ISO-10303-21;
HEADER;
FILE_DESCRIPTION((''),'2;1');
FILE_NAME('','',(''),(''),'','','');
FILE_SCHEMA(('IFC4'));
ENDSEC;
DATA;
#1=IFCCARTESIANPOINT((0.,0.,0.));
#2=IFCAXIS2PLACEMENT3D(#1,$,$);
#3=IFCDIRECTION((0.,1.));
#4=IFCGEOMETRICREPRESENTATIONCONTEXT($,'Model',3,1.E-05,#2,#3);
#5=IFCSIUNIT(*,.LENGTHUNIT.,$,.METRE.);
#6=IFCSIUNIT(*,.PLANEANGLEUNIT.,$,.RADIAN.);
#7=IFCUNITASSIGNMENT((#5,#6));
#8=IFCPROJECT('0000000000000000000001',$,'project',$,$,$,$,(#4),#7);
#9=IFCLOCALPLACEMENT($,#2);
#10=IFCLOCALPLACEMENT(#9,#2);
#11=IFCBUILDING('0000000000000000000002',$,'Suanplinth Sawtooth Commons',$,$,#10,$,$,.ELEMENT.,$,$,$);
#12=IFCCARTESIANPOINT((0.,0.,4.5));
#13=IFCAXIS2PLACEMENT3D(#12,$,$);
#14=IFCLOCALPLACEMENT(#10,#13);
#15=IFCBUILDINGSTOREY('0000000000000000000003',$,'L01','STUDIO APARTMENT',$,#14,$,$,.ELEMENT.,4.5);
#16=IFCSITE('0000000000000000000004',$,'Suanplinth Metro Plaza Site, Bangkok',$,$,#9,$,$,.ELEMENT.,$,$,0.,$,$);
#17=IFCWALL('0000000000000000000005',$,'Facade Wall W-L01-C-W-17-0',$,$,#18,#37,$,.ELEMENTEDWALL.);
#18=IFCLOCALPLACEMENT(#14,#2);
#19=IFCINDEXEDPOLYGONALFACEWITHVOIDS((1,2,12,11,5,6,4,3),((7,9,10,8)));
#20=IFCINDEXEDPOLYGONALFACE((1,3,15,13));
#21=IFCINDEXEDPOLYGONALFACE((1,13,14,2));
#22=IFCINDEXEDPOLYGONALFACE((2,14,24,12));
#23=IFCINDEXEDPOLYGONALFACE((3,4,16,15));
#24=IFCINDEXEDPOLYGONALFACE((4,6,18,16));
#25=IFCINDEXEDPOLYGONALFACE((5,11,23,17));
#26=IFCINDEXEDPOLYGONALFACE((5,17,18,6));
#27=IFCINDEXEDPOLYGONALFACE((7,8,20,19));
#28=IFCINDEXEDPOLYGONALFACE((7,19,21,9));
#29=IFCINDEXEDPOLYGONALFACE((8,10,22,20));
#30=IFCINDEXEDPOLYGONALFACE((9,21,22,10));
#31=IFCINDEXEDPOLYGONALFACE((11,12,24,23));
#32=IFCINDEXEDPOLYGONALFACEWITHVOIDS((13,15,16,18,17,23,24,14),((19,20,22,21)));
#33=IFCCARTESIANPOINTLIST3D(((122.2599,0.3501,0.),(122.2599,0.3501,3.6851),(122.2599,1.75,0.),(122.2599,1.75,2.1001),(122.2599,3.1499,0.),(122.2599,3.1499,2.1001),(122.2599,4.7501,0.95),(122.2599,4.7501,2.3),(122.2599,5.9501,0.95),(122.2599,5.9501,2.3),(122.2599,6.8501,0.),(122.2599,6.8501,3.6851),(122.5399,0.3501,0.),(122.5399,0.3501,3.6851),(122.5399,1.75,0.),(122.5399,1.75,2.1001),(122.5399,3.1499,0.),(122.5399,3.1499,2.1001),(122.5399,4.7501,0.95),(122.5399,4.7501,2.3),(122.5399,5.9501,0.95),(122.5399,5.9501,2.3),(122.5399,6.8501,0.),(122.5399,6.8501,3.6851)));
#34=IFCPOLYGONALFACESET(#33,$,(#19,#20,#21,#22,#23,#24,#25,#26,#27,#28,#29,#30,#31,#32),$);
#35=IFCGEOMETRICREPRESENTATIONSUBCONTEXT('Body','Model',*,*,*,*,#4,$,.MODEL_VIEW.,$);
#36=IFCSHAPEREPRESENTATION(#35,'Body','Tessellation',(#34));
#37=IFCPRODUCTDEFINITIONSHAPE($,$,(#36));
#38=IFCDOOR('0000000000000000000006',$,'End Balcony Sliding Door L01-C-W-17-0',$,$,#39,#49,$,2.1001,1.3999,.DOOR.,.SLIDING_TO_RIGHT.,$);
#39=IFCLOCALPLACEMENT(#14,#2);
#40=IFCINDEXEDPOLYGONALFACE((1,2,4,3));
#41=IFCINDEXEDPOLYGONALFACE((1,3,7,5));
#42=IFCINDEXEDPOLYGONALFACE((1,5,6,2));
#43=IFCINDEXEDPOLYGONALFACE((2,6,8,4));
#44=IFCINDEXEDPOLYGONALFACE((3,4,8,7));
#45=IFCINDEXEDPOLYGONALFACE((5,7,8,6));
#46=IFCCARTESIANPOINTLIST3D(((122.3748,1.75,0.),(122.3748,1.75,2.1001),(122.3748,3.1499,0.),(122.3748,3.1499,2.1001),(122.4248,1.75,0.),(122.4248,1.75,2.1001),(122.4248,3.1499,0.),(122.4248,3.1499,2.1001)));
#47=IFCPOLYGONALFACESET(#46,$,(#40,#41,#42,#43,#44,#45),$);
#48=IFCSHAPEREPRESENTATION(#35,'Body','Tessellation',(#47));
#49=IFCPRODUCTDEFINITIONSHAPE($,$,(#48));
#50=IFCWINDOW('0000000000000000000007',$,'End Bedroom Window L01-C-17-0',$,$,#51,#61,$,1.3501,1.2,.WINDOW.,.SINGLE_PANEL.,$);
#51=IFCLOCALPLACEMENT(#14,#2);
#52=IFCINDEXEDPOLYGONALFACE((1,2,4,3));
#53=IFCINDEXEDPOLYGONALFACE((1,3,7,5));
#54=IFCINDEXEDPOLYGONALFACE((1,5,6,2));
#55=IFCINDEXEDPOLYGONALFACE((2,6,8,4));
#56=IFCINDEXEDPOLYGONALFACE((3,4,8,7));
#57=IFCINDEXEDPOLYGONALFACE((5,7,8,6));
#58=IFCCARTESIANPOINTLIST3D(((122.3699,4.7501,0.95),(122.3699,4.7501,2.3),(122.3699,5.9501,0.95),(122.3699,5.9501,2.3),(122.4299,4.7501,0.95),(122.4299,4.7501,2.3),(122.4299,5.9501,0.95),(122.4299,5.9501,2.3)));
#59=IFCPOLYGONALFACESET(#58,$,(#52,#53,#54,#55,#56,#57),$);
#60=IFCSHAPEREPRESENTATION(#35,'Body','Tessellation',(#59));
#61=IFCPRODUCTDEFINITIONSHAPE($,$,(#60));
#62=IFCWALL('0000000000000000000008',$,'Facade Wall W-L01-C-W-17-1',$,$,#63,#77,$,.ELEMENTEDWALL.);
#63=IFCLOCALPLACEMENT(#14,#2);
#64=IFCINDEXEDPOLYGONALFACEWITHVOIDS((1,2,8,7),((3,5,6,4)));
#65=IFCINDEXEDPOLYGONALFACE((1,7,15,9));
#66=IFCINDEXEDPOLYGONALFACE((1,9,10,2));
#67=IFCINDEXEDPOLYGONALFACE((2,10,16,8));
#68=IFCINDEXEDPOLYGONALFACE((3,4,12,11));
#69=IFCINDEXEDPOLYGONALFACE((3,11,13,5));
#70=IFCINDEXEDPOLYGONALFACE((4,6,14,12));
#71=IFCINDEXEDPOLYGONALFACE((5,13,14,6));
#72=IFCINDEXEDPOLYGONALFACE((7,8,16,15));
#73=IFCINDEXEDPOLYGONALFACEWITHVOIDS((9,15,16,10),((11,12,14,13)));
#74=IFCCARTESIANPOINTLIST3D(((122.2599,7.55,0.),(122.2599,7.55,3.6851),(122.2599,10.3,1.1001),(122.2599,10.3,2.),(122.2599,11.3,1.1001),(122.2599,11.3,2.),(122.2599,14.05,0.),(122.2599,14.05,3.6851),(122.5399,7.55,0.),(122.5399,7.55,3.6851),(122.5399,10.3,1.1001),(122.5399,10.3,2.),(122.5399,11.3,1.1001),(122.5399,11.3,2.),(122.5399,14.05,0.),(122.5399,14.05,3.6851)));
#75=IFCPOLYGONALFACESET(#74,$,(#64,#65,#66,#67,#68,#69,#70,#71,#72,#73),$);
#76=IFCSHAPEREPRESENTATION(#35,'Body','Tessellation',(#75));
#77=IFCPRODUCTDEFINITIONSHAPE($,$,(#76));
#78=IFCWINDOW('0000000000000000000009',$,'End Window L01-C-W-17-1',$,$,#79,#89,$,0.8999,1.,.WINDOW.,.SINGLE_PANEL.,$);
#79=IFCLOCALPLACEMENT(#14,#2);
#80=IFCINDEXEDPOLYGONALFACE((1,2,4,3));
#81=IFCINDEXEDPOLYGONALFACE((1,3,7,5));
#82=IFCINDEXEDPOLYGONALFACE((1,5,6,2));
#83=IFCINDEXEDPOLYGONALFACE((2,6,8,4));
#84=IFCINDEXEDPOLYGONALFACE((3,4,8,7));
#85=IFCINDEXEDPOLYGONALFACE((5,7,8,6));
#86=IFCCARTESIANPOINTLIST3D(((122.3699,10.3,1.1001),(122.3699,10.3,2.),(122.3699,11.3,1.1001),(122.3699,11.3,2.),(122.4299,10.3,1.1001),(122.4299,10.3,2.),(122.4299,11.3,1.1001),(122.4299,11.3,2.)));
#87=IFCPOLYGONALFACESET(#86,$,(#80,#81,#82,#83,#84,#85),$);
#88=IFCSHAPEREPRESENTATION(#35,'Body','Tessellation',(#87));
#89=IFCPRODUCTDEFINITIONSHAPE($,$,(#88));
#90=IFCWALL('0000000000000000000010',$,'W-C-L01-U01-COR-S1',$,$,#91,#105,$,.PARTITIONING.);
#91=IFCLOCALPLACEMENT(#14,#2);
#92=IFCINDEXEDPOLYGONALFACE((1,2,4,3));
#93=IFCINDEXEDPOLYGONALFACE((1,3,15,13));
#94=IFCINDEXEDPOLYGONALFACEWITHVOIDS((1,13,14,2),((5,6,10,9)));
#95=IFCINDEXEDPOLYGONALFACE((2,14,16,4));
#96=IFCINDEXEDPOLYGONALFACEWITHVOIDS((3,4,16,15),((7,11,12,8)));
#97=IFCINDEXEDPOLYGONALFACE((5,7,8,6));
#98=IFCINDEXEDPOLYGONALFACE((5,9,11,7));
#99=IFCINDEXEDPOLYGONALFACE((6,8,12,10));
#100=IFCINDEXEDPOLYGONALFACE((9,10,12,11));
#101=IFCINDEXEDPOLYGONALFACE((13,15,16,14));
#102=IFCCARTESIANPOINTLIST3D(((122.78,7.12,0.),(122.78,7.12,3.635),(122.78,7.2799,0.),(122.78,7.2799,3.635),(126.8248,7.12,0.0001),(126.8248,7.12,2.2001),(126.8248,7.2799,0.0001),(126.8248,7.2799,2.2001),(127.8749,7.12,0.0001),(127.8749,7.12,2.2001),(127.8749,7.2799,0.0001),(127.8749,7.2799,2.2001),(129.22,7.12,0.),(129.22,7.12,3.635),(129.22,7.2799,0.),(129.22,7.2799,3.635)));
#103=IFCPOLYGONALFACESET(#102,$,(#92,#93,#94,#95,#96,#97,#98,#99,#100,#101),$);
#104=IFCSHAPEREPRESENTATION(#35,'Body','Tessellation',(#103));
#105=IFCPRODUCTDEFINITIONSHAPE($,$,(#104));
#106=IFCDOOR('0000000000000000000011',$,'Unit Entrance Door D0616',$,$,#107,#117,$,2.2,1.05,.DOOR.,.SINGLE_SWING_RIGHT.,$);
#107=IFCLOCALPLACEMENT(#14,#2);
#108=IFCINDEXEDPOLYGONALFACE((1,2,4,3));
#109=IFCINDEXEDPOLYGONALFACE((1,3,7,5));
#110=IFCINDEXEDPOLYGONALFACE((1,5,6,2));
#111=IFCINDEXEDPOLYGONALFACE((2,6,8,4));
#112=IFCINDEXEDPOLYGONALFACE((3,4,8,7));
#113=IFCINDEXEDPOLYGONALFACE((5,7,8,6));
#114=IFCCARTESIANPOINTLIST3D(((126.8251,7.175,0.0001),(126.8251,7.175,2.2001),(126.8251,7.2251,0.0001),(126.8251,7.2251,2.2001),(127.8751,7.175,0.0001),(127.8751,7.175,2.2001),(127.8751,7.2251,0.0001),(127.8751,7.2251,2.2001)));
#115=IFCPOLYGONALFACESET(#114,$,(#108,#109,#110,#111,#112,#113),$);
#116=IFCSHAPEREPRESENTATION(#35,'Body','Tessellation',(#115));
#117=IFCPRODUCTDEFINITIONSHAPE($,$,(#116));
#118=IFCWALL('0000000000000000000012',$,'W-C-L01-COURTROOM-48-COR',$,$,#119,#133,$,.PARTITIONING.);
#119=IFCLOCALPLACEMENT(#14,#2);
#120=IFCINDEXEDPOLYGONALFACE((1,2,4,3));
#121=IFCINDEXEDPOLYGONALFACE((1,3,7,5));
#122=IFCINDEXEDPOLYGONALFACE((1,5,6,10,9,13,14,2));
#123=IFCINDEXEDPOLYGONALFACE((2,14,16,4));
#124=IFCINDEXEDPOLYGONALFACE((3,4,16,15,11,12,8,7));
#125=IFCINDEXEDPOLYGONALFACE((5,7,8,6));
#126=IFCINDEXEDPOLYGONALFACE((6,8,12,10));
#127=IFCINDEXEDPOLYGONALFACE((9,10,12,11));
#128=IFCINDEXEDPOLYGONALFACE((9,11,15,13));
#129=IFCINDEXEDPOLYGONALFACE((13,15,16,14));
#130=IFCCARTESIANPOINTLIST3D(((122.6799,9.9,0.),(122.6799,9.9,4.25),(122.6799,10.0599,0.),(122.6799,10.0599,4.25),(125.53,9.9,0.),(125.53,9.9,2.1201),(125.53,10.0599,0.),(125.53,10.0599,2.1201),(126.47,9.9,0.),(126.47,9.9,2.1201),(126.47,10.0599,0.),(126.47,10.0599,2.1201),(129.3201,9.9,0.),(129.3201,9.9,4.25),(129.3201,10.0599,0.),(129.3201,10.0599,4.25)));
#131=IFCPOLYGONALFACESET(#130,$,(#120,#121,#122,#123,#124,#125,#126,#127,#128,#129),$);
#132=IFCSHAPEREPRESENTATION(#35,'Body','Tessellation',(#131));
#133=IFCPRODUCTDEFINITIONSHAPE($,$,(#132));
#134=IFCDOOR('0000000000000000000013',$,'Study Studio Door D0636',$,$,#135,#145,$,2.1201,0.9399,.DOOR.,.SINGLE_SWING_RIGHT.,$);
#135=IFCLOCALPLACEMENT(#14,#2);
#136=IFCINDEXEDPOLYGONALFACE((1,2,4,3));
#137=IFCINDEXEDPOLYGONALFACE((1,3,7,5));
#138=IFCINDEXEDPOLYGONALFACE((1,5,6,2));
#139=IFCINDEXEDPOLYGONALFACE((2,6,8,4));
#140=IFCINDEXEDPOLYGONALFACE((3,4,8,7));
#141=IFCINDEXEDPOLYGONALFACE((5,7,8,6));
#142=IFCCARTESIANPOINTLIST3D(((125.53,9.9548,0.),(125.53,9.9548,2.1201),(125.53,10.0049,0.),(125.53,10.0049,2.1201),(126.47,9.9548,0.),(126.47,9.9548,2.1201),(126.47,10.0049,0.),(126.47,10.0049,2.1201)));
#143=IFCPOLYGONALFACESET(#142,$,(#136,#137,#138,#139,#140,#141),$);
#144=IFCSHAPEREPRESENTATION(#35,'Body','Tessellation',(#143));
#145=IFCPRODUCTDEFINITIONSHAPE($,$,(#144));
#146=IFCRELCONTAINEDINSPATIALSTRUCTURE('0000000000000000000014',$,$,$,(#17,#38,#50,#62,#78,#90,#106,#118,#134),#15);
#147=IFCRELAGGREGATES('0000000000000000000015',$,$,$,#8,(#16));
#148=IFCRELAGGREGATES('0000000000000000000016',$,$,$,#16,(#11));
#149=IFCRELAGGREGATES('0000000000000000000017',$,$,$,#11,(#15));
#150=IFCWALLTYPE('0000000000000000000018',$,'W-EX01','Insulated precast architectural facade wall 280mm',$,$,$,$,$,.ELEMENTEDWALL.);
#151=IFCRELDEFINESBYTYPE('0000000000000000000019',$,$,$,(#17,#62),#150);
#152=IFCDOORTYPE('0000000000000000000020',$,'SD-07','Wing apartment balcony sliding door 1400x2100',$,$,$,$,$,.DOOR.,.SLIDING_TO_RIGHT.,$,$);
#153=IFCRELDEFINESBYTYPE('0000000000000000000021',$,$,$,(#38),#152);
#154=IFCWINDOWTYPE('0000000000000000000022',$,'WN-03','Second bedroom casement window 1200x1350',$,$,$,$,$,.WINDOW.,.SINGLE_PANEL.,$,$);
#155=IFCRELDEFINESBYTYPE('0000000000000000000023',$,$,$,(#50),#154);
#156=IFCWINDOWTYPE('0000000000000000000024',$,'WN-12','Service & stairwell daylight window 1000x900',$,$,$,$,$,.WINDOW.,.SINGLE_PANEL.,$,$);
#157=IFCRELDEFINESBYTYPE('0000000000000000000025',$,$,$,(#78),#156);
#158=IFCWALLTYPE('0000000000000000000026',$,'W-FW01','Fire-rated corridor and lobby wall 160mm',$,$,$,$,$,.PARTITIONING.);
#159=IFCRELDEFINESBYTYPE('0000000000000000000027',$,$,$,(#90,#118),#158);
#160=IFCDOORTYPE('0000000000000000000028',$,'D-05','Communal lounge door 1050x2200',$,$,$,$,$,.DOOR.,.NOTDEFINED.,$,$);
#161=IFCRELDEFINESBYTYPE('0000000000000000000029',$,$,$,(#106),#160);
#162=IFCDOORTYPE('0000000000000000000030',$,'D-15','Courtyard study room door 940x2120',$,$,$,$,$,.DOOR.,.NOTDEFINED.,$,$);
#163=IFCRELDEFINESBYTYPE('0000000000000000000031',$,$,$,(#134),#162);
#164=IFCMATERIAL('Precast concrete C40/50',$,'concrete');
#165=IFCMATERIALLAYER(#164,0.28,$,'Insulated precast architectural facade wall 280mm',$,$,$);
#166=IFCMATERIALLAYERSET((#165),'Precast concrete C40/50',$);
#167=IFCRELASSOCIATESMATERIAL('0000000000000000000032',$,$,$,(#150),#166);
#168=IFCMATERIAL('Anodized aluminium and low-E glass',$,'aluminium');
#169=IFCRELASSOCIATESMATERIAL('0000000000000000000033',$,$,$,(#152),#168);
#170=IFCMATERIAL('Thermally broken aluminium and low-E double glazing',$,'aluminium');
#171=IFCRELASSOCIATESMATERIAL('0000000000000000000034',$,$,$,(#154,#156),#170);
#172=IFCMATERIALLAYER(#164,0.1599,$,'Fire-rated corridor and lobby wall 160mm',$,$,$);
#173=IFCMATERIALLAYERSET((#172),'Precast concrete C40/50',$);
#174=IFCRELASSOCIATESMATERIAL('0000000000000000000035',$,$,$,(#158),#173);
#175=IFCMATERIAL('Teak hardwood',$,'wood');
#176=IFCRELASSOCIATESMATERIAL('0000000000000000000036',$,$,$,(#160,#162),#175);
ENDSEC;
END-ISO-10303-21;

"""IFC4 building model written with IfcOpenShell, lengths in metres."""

from ifc_helpers import new_model, si_unit, direction, frame, frame_2d, origin, place, context, subcontext, project, spatial, rectangle, extrude, material, layer, layer_set, type_object, element, fill, save


model = new_model("IFC4")

# Units and contexts
model_context = context("Model", 3, precision=1e-05, world=origin(), true_north=direction((0.0, 1.0)))
body_context = subcontext(model_context, "Body", "Model", "MODEL_VIEW")
ifc_project = project(units=[si_unit("LENGTHUNIT", "METRE"), si_unit("PLANEANGLEUNIT", "RADIAN")], contexts=[model_context])

# Site, building, storey
site_placement = place(None, origin())
site = spatial("IfcSite", under=ifc_project, at=site_placement, Name="Suanplinth Metro Plaza Site, Bangkok", CompositionType="ELEMENT", RefElevation=0.0)
building_placement = place(site_placement, origin())
building = spatial("IfcBuilding", under=site, at=building_placement, Name="Suanplinth Sawtooth Commons", CompositionType="ELEMENT")
storey_placement = place(building_placement, frame((0.0, 0.0, 4.5)))
storey = spatial("IfcBuildingStorey", under=building, at=storey_placement, Name="L01", Description="STUDIO APARTMENT", CompositionType="ELEMENT", Elevation=4.5)

# Shared definitions
ifc_material_1 = material(Name="Precast concrete C40/50", Category="concrete")

# Wall, openings, door, window
ifc_layer_1 = layer(ifc_material_1, 0.28, Name="Insulated precast architectural facade wall 280mm")
ifc_layer_set_1 = layer_set([ifc_layer_1], Name="Precast concrete C40/50")
wall_type_1 = type_object("IfcWallType", Name="W-EX01", Description="Insulated precast architectural facade wall 280mm", PredefinedType="ELEMENTEDWALL", material=ifc_layer_set_1)
ifc_material_2 = material(Name="Anodized aluminium and low-E glass", Category="aluminium")
ifc_material_3 = material(Name="Thermally broken aluminium and low-E double glazing", Category="aluminium")
wall_1_placement = place(storey_placement, frame((122.3999, 0.3501, 0.0), z_axis=(0.0, 0.0, 1.0), x_axis=(0.0, 1.0, 0.0)))
wall_1 = element("IfcWall", 1, at=wall_1_placement, inside=storey, type_object=wall_type_1, Name="Facade Wall W-L01-C-W-17-0", PredefinedType="ELEMENTEDWALL", context=body_context, shape_type="SweptSolid", body=[
    extrude(rectangle(XDim=6.5, YDim=0.28, at=frame_2d((3.25, 0.0))), origin(), (0.0, 0.0, 1.0), 3.6851),
])
opening_1_placement = place(wall_1_placement, frame((1.3999, 0.0, 0.0)))
opening_1 = element("IfcOpeningElement", 2, at=opening_1_placement, cuts=wall_1, PredefinedType="OPENING", context=body_context, shape_type="SweptSolid", body=[
    extrude(rectangle(XDim=1.3999, YDim=2.1001, at=frame_2d((0.7, 1.05))), frame((0.0, 0.1548, 0.0), z_axis=(0.0, -1.0, 0.0), x_axis=(1.0, 0.0, 0.0)), (0.0, 0.0, 1.0), 0.3098),
])
opening_2_placement = place(wall_1_placement, frame((4.3999, 0.0, 0.95)))
opening_2 = element("IfcOpeningElement", 3, at=opening_2_placement, cuts=wall_1, PredefinedType="OPENING", context=body_context, shape_type="SweptSolid", body=[
    extrude(rectangle(XDim=1.2, YDim=1.3501, at=frame_2d((0.6001, 0.675))), frame((0.0, 0.1548, 0.0), z_axis=(0.0, -1.0, 0.0), x_axis=(1.0, 0.0, 0.0)), (0.0, 0.0, 1.0), 0.3098),
])
door_type_1 = type_object("IfcDoorType", Name="SD-07", Description="Wing apartment balcony sliding door 1400x2100", OperationType="SLIDING_TO_RIGHT", PredefinedType="DOOR", material=ifc_material_2)
door_1_placement = place(opening_1_placement, frame((1.3999, 0.0, 0.0), z_axis=(0.0, 0.0, 1.0), x_axis=(-1.0, 0.0, 0.0)))
door_1 = element("IfcDoor", 4, at=door_1_placement, inside=storey, type_object=door_type_1, Name="End Balcony Sliding Door L01-C-W-17-0", OperationType="SLIDING_TO_RIGHT", OverallHeight=2.1001, OverallWidth=1.3999, PredefinedType="DOOR", context=body_context, shape_type="SweptSolid", body=[
    extrude(rectangle(XDim=1.3999, YDim=2.1001, at=frame_2d((0.7, 1.05))), frame((0.0, 0.0249, 0.0), z_axis=(0.0, -1.0, 0.0), x_axis=(1.0, 0.0, 0.0)), (0.0, 0.0, 1.0), 0.05),
])
fill(opening_1, door_1)
window_type_1 = type_object("IfcWindowType", Name="WN-03", Description="Second bedroom casement window 1200x1350", PartitioningType="SINGLE_PANEL", PredefinedType="WINDOW", material=ifc_material_3)
window_1_placement = place(opening_2_placement, origin())
window_1 = element("IfcWindow", 5, at=window_1_placement, inside=storey, type_object=window_type_1, Name="End Bedroom Window L01-C-17-0", OverallHeight=1.3501, OverallWidth=1.2, PartitioningType="SINGLE_PANEL", PredefinedType="WINDOW", context=body_context, shape_type="SweptSolid", body=[
    extrude(rectangle(XDim=1.2, YDim=1.3501, at=frame_2d((0.6001, 0.675))), frame((0.0, 0.03, 0.0), z_axis=(0.0, -1.0, 0.0), x_axis=(1.0, 0.0, 0.0)), (0.0, 0.0, 1.0), 0.0601),
])
fill(opening_2, window_1)

# Wall, opening, window
wall_2_placement = place(storey_placement, frame((122.3999, 7.55, 0.0), z_axis=(0.0, 0.0, 1.0), x_axis=(0.0, 1.0, 0.0)))
wall_2 = element("IfcWall", 6, at=wall_2_placement, inside=storey, type_object=wall_type_1, Name="Facade Wall W-L01-C-W-17-1", PredefinedType="ELEMENTEDWALL", context=body_context, shape_type="SweptSolid", body=[
    extrude(rectangle(XDim=6.5, YDim=0.28, at=frame_2d((3.25, 0.0))), origin(), (0.0, 0.0, 1.0), 3.6851),
])
opening_3_placement = place(wall_2_placement, frame((2.75, 0.0, 1.1001)))
opening_3 = element("IfcOpeningElement", 7, at=opening_3_placement, cuts=wall_2, PredefinedType="OPENING", context=body_context, shape_type="SweptSolid", body=[
    extrude(rectangle(XDim=1.0, YDim=0.8999, at=frame_2d((0.5, 0.45))), frame((0.0, 0.1548, 0.0), z_axis=(0.0, -1.0, 0.0), x_axis=(1.0, 0.0, 0.0)), (0.0, 0.0, 1.0), 0.3098),
])
window_type_2 = type_object("IfcWindowType", Name="WN-12", Description="Service & stairwell daylight window 1000x900", PartitioningType="SINGLE_PANEL", PredefinedType="WINDOW", material=ifc_material_3)
window_2_placement = place(opening_3_placement, origin())
window_2 = element("IfcWindow", 8, at=window_2_placement, inside=storey, type_object=window_type_2, Name="End Window L01-C-W-17-1", OverallHeight=0.8999, OverallWidth=1.0, PartitioningType="SINGLE_PANEL", PredefinedType="WINDOW", context=body_context, shape_type="SweptSolid", body=[
    extrude(rectangle(XDim=1.0, YDim=0.8999, at=frame_2d((0.5, 0.45))), frame((0.0, 0.03, 0.0), z_axis=(0.0, -1.0, 0.0), x_axis=(1.0, 0.0, 0.0)), (0.0, 0.0, 1.0), 0.0601),
])
fill(opening_3, window_2)

# Walls, openings, doors
ifc_layer_2 = layer(ifc_material_1, 0.1599, Name="Fire-rated corridor and lobby wall 160mm")
ifc_layer_set_2 = layer_set([ifc_layer_2], Name="Precast concrete C40/50")
wall_type_2 = type_object("IfcWallType", Name="W-FW01", Description="Fire-rated corridor and lobby wall 160mm", PredefinedType="PARTITIONING", material=ifc_layer_set_2)
wall_3_placement = place(storey_placement, frame((122.78, 7.2, 0.0), z_axis=(0.0, 0.0, 1.0), x_axis=(1.0, 0.0, 0.0)))
wall_3 = element("IfcWall", 9, at=wall_3_placement, inside=storey, type_object=wall_type_2, Name="W-C-L01-U01-COR-S1", PredefinedType="PARTITIONING", context=body_context, shape_type="SweptSolid", body=[
    extrude(rectangle(XDim=6.4399, YDim=0.1599, at=frame_2d((3.22, 0.0))), origin(), (0.0, 0.0, 1.0), 3.635),
])
opening_4_placement = place(wall_3_placement, frame((4.0449, 0.0, 0.0)))
opening_4 = element("IfcOpeningElement", 10, at=opening_4_placement, cuts=wall_3, PredefinedType="OPENING", context=body_context, shape_type="SweptSolid", body=[
    extrude(rectangle(XDim=1.05, YDim=2.2, at=frame_2d((0.5249, 1.1001))), frame((0.0, 0.0947, 0.0), z_axis=(0.0, -1.0, 0.0), x_axis=(1.0, 0.0, 0.0)), (0.0, 0.0, 1.0), 0.1897),
])
ifc_material_4 = material(Name="Teak hardwood", Category="wood")
door_type_2 = type_object("IfcDoorType", Name="D-05", Description="Communal lounge door 1050x2200", OperationType="NOTDEFINED", PredefinedType="DOOR", material=ifc_material_4)
door_2_placement = place(opening_4_placement, frame((1.05, 0.0, 0.0), z_axis=(0.0, 0.0, 1.0), x_axis=(-1.0, 0.0, 0.0)))
door_2 = element("IfcDoor", 11, at=door_2_placement, inside=storey, type_object=door_type_2, Name="Unit Entrance Door D0616", OperationType="SINGLE_SWING_RIGHT", OverallHeight=2.2, OverallWidth=1.05, PredefinedType="DOOR", context=body_context, shape_type="SweptSolid", body=[
    extrude(rectangle(XDim=1.05, YDim=2.2, at=frame_2d((0.5249, 1.1001))), frame((0.0, 0.0249, 0.0), z_axis=(0.0, -1.0, 0.0), x_axis=(1.0, 0.0, 0.0)), (0.0, 0.0, 1.0), 0.05),
])
fill(opening_4, door_2)
wall_4_placement = place(storey_placement, frame((122.6799, 9.98, 0.0), z_axis=(0.0, 0.0, 1.0), x_axis=(1.0, 0.0, 0.0)))
wall_4 = element("IfcWall", 12, at=wall_4_placement, inside=storey, type_object=wall_type_2, Name="W-C-L01-COURTROOM-48-COR", PredefinedType="PARTITIONING", context=body_context, shape_type="SweptSolid", body=[
    extrude(rectangle(XDim=6.6401, YDim=0.1599, at=frame_2d((3.3201, 0.0))), origin(), (0.0, 0.0, 1.0), 4.25),
])
opening_5_placement = place(wall_4_placement, frame((2.8501, 0.0, 0.0)))
opening_5 = element("IfcOpeningElement", 13, at=opening_5_placement, cuts=wall_4, PredefinedType="OPENING", context=body_context, shape_type="SweptSolid", body=[
    extrude(rectangle(XDim=0.9399, YDim=2.1201, at=frame_2d((0.47, 1.0601))), frame((0.0, 0.0947, 0.0), z_axis=(0.0, -1.0, 0.0), x_axis=(1.0, 0.0, 0.0)), (0.0, 0.0, 1.0), 0.1897),
])
door_type_3 = type_object("IfcDoorType", Name="D-15", Description="Courtyard study room door 940x2120", OperationType="NOTDEFINED", PredefinedType="DOOR", material=ifc_material_4)
door_3_placement = place(opening_5_placement, origin())
door_3 = element("IfcDoor", 14, at=door_3_placement, inside=storey, type_object=door_type_3, Name="Study Studio Door D0636", OperationType="SINGLE_SWING_RIGHT", OverallHeight=2.1201, OverallWidth=0.9399, PredefinedType="DOOR", context=body_context, shape_type="SweptSolid", body=[
    extrude(rectangle(XDim=0.9399, YDim=2.1201, at=frame_2d((0.47, 1.0601))), frame((0.0, 0.0249, 0.0), z_axis=(0.0, -1.0, 0.0), x_axis=(1.0, 0.0, 0.0)), (0.0, 0.0, 1.0), 0.05),
])
fill(opening_5, door_3)

save(model, "model.ifc")
